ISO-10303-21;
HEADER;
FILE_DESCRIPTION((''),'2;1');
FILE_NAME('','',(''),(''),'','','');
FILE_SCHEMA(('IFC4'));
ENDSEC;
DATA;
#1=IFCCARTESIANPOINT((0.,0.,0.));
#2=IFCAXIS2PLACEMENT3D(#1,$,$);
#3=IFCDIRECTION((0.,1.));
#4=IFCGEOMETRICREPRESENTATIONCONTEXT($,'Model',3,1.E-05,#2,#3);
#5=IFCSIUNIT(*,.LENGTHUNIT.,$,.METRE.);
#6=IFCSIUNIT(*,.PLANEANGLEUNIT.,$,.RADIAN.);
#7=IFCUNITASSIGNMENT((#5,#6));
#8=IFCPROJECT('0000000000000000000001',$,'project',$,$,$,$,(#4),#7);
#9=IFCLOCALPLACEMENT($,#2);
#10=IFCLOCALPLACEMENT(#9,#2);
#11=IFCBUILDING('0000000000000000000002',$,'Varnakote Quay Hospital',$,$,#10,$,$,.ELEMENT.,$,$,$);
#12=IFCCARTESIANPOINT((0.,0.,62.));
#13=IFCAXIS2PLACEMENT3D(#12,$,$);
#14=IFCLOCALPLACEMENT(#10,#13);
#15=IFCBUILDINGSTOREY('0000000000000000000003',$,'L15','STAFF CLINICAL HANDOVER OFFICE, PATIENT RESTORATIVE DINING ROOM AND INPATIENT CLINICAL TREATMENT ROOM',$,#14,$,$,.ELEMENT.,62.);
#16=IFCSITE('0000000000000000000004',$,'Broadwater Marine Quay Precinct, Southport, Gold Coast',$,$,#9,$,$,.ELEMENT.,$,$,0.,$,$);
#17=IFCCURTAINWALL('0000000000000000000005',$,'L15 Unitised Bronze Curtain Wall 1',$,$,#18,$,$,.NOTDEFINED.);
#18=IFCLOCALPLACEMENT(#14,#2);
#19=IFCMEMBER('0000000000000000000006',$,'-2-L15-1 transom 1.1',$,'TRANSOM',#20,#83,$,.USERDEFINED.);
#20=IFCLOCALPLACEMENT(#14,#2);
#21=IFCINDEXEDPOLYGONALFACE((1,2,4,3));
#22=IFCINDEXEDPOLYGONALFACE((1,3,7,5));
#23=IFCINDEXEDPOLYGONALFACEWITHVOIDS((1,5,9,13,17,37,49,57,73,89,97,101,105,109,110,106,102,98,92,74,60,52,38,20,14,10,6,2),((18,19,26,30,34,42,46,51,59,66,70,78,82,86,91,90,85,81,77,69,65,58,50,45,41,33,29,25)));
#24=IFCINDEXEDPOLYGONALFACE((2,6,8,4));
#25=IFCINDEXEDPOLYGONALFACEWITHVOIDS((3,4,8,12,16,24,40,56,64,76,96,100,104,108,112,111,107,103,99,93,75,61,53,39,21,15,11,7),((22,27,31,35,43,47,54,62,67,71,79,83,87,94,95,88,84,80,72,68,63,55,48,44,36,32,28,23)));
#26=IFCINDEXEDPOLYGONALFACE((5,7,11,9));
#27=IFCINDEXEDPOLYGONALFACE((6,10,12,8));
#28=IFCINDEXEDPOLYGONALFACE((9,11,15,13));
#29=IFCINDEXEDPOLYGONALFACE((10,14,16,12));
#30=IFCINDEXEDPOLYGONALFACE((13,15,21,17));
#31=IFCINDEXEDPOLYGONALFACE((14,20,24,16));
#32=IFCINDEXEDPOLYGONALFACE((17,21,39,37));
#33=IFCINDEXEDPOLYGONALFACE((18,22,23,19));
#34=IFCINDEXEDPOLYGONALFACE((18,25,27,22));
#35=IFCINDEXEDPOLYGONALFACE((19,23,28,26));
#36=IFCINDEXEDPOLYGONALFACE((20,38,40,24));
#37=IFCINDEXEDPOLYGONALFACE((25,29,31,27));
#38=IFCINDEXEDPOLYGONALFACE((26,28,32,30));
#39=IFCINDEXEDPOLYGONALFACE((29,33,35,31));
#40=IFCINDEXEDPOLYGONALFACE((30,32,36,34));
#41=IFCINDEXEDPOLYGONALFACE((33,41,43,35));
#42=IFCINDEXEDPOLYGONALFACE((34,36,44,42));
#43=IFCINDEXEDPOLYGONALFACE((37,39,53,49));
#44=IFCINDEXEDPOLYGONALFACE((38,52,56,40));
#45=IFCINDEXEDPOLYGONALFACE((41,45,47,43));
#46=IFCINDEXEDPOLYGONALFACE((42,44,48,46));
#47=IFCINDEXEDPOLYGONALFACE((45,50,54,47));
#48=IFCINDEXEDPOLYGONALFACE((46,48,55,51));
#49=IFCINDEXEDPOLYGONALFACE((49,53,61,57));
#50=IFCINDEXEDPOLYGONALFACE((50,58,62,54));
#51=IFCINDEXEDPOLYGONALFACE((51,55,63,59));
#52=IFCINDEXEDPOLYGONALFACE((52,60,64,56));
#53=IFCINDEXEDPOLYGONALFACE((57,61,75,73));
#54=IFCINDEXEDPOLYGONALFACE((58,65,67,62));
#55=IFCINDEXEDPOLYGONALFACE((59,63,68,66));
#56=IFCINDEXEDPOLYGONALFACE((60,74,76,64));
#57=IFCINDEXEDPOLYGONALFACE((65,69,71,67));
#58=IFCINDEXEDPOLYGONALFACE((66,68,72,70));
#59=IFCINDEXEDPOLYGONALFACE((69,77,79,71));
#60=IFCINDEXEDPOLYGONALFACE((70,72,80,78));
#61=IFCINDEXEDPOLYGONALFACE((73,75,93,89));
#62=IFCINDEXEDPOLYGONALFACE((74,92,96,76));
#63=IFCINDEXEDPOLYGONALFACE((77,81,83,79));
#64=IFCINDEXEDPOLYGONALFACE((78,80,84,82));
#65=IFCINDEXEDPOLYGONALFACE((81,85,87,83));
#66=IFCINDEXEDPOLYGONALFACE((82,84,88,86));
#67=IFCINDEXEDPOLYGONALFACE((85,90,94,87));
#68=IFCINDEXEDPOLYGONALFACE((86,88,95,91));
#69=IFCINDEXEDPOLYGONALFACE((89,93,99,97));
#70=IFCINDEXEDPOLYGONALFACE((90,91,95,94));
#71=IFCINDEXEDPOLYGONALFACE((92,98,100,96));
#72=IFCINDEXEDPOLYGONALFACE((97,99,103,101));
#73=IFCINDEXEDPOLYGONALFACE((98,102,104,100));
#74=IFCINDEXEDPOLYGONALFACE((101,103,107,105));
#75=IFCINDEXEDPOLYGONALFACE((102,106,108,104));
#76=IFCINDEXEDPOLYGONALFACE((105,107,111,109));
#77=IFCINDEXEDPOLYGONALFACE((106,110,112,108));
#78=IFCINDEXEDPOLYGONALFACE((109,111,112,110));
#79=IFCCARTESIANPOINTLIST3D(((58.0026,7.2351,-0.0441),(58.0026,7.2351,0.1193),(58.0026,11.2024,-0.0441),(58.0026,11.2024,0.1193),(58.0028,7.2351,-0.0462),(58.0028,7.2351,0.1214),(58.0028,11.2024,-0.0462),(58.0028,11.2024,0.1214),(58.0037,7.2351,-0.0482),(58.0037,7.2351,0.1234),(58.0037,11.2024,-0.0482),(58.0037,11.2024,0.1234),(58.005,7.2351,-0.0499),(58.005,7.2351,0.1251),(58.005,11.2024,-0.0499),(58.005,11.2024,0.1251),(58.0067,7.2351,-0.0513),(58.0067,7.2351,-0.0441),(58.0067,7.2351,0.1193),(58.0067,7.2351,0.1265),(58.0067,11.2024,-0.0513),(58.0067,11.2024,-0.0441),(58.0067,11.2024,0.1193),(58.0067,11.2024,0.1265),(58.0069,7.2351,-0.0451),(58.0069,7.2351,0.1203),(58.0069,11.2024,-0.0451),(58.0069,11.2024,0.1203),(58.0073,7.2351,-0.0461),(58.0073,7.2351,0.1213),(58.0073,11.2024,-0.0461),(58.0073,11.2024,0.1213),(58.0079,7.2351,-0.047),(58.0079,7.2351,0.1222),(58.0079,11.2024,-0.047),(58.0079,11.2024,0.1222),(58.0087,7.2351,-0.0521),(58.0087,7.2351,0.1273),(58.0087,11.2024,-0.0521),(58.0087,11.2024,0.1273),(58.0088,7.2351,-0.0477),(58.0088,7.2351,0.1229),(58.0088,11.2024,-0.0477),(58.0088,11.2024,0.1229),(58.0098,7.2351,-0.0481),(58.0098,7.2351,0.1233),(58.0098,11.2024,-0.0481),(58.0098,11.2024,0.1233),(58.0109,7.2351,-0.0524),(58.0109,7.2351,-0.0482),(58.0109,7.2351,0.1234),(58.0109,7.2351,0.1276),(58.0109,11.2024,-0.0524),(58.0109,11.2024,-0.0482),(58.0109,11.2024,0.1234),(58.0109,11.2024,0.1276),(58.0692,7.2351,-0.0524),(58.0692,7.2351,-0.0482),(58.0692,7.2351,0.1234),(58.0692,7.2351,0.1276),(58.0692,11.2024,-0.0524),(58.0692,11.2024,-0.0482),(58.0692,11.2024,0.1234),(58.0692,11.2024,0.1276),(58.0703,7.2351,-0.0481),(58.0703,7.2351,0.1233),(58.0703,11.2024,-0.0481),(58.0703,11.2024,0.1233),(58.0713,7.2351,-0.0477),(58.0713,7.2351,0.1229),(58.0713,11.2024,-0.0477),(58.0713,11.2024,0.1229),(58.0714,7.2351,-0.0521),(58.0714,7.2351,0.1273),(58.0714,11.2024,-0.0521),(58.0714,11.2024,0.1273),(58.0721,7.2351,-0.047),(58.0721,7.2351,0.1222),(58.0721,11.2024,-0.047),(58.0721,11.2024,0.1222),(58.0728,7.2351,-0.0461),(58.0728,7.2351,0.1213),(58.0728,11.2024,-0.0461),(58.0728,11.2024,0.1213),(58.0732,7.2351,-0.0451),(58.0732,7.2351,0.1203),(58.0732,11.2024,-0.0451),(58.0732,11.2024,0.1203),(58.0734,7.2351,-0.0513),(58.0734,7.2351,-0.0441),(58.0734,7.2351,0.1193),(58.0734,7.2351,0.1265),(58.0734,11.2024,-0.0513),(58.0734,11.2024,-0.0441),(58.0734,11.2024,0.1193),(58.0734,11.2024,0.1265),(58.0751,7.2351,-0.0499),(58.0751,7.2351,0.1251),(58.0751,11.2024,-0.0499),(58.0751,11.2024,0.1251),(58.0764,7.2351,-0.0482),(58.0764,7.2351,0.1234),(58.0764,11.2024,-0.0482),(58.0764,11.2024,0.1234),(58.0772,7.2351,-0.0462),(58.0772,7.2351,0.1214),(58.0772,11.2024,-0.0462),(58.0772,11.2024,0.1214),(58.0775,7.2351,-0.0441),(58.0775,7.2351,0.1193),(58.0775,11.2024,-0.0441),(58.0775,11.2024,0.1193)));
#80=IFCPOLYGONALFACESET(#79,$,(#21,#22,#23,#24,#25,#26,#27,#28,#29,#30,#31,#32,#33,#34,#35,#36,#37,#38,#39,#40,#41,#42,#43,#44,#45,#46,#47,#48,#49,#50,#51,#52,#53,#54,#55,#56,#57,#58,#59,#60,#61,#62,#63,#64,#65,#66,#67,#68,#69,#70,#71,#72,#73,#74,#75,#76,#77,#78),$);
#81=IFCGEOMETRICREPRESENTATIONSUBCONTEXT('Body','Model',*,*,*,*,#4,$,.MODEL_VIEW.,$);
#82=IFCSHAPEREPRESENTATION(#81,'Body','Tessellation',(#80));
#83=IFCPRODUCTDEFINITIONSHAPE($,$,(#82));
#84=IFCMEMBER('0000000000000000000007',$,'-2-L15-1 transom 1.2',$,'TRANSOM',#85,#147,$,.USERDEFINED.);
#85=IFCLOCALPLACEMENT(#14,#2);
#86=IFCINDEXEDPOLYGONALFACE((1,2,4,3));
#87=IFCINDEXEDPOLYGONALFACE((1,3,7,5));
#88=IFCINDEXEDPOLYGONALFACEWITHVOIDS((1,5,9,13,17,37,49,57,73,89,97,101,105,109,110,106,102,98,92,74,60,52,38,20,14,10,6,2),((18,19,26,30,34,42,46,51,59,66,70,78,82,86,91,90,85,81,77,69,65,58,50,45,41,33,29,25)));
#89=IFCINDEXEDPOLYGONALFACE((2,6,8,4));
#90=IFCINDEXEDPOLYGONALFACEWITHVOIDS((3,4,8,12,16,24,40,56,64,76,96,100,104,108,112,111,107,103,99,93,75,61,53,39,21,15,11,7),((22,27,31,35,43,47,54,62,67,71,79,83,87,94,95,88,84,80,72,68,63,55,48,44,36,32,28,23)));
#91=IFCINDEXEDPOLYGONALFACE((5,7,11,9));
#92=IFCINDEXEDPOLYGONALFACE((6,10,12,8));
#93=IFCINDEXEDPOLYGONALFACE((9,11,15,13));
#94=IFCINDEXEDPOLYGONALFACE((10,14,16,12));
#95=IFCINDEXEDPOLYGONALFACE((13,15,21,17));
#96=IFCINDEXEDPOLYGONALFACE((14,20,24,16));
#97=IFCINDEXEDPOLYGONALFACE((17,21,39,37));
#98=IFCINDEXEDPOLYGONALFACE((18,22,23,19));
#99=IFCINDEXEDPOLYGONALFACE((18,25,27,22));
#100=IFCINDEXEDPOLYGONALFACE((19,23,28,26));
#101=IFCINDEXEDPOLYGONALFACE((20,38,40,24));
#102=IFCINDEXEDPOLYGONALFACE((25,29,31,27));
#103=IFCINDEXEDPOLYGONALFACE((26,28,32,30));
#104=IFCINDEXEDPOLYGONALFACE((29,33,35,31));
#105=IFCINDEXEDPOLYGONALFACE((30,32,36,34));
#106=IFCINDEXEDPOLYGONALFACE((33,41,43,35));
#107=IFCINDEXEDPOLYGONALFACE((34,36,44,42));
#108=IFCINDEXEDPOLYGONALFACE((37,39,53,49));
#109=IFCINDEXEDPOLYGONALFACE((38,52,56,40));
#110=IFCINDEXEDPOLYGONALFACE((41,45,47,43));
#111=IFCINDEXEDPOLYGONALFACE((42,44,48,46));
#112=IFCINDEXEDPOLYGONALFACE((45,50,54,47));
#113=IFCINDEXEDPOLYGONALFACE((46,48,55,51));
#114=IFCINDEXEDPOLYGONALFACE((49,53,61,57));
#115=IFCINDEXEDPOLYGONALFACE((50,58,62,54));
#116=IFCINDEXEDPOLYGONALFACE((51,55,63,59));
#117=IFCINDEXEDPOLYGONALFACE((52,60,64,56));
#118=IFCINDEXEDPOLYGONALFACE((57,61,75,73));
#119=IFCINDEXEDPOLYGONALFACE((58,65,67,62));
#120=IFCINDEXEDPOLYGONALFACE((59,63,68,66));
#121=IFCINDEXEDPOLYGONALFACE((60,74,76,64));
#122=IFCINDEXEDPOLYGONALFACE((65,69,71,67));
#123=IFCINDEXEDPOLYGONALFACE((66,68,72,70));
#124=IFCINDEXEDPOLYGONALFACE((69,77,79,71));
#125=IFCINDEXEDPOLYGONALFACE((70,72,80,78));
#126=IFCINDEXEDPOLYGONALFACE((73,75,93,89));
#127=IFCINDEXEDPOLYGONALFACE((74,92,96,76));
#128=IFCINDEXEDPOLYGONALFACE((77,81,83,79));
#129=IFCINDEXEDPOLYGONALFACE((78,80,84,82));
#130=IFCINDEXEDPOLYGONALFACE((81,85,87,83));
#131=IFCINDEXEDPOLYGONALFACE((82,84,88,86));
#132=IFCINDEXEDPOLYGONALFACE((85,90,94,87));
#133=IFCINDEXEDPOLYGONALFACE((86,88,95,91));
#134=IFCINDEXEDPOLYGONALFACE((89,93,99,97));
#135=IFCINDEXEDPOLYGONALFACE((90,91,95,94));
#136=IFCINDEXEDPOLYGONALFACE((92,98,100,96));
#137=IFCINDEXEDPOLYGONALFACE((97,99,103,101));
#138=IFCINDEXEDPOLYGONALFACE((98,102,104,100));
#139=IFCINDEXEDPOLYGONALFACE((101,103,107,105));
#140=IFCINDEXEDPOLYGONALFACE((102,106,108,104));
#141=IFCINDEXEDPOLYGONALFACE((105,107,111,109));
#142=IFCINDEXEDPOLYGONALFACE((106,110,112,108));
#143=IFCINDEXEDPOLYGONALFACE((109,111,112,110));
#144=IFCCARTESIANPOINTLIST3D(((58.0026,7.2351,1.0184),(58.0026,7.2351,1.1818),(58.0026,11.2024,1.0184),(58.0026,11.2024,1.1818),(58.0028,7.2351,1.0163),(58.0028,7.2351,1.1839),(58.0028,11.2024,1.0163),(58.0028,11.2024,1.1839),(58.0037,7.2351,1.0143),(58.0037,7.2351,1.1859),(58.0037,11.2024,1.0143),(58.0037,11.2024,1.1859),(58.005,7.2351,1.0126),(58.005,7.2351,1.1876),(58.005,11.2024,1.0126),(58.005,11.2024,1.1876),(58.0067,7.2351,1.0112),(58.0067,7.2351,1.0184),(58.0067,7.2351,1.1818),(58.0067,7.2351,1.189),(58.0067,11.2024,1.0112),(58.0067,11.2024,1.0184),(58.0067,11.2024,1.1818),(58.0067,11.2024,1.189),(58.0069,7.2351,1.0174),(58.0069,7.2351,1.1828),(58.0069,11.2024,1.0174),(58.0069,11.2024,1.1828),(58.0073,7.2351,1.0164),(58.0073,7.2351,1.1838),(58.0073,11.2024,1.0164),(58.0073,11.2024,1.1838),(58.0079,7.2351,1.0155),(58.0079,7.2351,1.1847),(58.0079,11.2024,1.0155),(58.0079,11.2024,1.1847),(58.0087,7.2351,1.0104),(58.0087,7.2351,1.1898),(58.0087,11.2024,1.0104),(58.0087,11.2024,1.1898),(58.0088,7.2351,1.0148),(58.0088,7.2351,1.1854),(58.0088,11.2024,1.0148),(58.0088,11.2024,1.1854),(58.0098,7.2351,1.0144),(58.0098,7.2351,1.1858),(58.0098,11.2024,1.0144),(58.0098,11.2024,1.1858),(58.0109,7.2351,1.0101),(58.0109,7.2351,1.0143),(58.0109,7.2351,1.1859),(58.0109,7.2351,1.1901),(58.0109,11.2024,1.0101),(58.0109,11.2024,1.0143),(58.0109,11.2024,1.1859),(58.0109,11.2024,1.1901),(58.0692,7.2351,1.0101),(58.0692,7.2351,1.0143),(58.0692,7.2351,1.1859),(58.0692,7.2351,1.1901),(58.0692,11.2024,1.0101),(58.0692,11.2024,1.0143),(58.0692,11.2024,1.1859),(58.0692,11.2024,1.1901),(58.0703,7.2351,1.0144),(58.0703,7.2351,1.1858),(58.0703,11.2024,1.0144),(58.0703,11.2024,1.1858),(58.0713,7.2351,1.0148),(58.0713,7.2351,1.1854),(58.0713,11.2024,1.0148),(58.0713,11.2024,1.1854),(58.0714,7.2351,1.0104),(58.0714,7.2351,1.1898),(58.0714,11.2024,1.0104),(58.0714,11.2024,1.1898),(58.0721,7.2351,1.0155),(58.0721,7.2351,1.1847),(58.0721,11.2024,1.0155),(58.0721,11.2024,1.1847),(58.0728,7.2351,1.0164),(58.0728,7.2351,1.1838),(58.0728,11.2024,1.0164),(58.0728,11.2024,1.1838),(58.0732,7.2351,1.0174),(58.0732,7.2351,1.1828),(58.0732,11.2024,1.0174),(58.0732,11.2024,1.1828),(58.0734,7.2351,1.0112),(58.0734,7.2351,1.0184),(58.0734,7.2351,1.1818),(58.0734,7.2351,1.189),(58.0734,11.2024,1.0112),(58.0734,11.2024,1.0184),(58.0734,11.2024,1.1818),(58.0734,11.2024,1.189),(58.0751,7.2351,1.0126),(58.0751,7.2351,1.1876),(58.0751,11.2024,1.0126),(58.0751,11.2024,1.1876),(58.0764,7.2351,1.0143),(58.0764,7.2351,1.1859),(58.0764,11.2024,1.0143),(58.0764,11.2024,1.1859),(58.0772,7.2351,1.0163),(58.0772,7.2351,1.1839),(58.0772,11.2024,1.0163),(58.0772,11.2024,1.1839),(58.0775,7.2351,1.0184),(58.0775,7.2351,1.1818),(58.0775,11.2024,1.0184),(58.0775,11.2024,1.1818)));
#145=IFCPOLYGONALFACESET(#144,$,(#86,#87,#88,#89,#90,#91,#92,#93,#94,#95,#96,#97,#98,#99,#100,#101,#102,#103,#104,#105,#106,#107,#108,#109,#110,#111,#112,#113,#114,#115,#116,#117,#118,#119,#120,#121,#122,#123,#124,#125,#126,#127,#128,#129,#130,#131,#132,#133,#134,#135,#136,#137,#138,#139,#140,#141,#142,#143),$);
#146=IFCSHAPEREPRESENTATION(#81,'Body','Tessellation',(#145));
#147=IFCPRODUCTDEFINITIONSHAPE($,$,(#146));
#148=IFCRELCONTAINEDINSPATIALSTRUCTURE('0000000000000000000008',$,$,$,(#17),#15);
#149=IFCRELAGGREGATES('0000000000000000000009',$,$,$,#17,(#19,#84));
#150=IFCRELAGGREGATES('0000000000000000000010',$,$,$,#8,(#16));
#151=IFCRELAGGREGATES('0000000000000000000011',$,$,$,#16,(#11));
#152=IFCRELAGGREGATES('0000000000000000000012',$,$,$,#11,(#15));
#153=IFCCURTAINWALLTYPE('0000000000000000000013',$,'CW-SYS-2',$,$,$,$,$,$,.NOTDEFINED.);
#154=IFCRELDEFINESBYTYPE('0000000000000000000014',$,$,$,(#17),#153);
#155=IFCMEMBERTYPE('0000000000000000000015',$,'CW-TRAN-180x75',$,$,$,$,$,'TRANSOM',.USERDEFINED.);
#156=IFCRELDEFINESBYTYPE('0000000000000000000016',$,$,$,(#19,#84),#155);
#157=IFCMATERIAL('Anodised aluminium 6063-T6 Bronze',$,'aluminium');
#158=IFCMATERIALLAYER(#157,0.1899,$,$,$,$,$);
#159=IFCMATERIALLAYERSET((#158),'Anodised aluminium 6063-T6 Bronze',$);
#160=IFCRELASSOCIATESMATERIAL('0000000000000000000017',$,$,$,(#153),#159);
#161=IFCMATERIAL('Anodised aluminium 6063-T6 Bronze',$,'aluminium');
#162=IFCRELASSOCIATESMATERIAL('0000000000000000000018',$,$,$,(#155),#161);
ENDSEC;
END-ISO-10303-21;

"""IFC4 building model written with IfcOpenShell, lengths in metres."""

from ifc_helpers import new_model, si_unit, direction, frame, origin, origin_2d, place, context, subcontext, project, spatial, hollow_rectangle, extrude, material, layer, layer_set, material_profile, profile_set, type_object, element, aggregate, save


model = new_model("IFC4")

# Units and contexts
model_context = context("Model", 3, precision=1e-05, world=origin(), true_north=direction((0.0, 1.0)))
body_context = subcontext(model_context, "Body", "Model", "MODEL_VIEW")
ifc_project = project(units=[si_unit("LENGTHUNIT", "METRE"), si_unit("PLANEANGLEUNIT", "RADIAN")], contexts=[model_context])

# Site, building, storey
site_placement = place(None, origin())
site = spatial("IfcSite", under=ifc_project, at=site_placement, Name="Broadwater Marine Quay Precinct, Southport, Gold Coast", CompositionType="ELEMENT", RefElevation=0.0)
building_placement = place(site_placement, origin())
building = spatial("IfcBuilding", under=site, at=building_placement, Name="Varnakote Quay Hospital", CompositionType="ELEMENT")
storey_placement = place(building_placement, frame((0.0, 0.0, 62.0)))
storey = spatial("IfcBuildingStorey", under=building, at=storey_placement, Name="L15", Description="STAFF CLINICAL HANDOVER OFFICE, PATIENT RESTORATIVE DINING ROOM AND INPATIENT CLINICAL TREATMENT ROOM", CompositionType="ELEMENT", Elevation=62.0)

# Curtain wall, members
ifc_material_1 = material(Name="Anodised aluminium 6063-T6 Bronze", Category="aluminium")
ifc_layer_1 = layer(ifc_material_1, 0.1899)
ifc_layer_set_1 = layer_set([ifc_layer_1], Name="Anodised aluminium 6063-T6 Bronze")
curtain_wall_type = type_object("IfcCurtainWallType", Name="CW-SYS-2", PredefinedType="NOTDEFINED", material=ifc_layer_set_1)
curtain_wall_placement = place(storey_placement, origin())
curtain_wall = element("IfcCurtainWall", 1, at=curtain_wall_placement, inside=storey, type_object=curtain_wall_type, Name="L15 Unitised Bronze Curtain Wall 1", PredefinedType="NOTDEFINED")
ifc_material_2 = material(Name="Anodised aluminium 6063-T6 Bronze", Category="aluminium")
ifc_material_profile_1 = material_profile(ifc_material_2, hollow_rectangle(XDim=0.075, YDim=0.1799, WallThickness=0.0042, InnerFilletRadius=0.0042, OuterFilletRadius=0.0083, at=origin_2d()), Name="CW-TRAN-180x75")
ifc_profile_set_1 = profile_set([ifc_material_profile_1], Name="Anodised aluminium 6063-T6 Bronze")
member_type_1 = type_object("IfcMemberType", Name="CW-TRAN-180x75", ElementType="TRANSOM", PredefinedType="USERDEFINED", material=ifc_profile_set_1)
member_1_placement = place(storey_placement, frame((58.04, 7.2351, 0.0376), z_axis=(0.0, 1.0, 0.0), x_axis=(-1.0, 0.0, 0.0)))
member_1 = element("IfcMember", 2, at=member_1_placement, type_object=member_type_1, Name="-2-L15-1 transom 1.1", ObjectType="TRANSOM", PredefinedType="USERDEFINED", context=body_context, shape_type="SweptSolid", body=[
    extrude(hollow_rectangle(XDim=0.075, YDim=0.1799, WallThickness=0.0042, InnerFilletRadius=0.0042, OuterFilletRadius=0.0083, at=origin_2d()), origin(), (0.0, 0.0, 1.0), 3.9673),
])
member_2_placement = place(storey_placement, frame((58.04, 7.2351, 1.1001), z_axis=(0.0, 1.0, 0.0), x_axis=(-1.0, 0.0, 0.0)))
member_2 = element("IfcMember", 3, at=member_2_placement, type_object=member_type_1, Name="-2-L15-1 transom 1.2", ObjectType="TRANSOM", PredefinedType="USERDEFINED", context=body_context, shape_type="SweptSolid", body=[
    extrude(hollow_rectangle(XDim=0.075, YDim=0.1799, WallThickness=0.0042, InnerFilletRadius=0.0042, OuterFilletRadius=0.0083, at=origin_2d()), origin(), (0.0, 0.0, 1.0), 3.9673),
])
aggregate(curtain_wall, [member_1, member_2])

save(model, "model.ifc")
